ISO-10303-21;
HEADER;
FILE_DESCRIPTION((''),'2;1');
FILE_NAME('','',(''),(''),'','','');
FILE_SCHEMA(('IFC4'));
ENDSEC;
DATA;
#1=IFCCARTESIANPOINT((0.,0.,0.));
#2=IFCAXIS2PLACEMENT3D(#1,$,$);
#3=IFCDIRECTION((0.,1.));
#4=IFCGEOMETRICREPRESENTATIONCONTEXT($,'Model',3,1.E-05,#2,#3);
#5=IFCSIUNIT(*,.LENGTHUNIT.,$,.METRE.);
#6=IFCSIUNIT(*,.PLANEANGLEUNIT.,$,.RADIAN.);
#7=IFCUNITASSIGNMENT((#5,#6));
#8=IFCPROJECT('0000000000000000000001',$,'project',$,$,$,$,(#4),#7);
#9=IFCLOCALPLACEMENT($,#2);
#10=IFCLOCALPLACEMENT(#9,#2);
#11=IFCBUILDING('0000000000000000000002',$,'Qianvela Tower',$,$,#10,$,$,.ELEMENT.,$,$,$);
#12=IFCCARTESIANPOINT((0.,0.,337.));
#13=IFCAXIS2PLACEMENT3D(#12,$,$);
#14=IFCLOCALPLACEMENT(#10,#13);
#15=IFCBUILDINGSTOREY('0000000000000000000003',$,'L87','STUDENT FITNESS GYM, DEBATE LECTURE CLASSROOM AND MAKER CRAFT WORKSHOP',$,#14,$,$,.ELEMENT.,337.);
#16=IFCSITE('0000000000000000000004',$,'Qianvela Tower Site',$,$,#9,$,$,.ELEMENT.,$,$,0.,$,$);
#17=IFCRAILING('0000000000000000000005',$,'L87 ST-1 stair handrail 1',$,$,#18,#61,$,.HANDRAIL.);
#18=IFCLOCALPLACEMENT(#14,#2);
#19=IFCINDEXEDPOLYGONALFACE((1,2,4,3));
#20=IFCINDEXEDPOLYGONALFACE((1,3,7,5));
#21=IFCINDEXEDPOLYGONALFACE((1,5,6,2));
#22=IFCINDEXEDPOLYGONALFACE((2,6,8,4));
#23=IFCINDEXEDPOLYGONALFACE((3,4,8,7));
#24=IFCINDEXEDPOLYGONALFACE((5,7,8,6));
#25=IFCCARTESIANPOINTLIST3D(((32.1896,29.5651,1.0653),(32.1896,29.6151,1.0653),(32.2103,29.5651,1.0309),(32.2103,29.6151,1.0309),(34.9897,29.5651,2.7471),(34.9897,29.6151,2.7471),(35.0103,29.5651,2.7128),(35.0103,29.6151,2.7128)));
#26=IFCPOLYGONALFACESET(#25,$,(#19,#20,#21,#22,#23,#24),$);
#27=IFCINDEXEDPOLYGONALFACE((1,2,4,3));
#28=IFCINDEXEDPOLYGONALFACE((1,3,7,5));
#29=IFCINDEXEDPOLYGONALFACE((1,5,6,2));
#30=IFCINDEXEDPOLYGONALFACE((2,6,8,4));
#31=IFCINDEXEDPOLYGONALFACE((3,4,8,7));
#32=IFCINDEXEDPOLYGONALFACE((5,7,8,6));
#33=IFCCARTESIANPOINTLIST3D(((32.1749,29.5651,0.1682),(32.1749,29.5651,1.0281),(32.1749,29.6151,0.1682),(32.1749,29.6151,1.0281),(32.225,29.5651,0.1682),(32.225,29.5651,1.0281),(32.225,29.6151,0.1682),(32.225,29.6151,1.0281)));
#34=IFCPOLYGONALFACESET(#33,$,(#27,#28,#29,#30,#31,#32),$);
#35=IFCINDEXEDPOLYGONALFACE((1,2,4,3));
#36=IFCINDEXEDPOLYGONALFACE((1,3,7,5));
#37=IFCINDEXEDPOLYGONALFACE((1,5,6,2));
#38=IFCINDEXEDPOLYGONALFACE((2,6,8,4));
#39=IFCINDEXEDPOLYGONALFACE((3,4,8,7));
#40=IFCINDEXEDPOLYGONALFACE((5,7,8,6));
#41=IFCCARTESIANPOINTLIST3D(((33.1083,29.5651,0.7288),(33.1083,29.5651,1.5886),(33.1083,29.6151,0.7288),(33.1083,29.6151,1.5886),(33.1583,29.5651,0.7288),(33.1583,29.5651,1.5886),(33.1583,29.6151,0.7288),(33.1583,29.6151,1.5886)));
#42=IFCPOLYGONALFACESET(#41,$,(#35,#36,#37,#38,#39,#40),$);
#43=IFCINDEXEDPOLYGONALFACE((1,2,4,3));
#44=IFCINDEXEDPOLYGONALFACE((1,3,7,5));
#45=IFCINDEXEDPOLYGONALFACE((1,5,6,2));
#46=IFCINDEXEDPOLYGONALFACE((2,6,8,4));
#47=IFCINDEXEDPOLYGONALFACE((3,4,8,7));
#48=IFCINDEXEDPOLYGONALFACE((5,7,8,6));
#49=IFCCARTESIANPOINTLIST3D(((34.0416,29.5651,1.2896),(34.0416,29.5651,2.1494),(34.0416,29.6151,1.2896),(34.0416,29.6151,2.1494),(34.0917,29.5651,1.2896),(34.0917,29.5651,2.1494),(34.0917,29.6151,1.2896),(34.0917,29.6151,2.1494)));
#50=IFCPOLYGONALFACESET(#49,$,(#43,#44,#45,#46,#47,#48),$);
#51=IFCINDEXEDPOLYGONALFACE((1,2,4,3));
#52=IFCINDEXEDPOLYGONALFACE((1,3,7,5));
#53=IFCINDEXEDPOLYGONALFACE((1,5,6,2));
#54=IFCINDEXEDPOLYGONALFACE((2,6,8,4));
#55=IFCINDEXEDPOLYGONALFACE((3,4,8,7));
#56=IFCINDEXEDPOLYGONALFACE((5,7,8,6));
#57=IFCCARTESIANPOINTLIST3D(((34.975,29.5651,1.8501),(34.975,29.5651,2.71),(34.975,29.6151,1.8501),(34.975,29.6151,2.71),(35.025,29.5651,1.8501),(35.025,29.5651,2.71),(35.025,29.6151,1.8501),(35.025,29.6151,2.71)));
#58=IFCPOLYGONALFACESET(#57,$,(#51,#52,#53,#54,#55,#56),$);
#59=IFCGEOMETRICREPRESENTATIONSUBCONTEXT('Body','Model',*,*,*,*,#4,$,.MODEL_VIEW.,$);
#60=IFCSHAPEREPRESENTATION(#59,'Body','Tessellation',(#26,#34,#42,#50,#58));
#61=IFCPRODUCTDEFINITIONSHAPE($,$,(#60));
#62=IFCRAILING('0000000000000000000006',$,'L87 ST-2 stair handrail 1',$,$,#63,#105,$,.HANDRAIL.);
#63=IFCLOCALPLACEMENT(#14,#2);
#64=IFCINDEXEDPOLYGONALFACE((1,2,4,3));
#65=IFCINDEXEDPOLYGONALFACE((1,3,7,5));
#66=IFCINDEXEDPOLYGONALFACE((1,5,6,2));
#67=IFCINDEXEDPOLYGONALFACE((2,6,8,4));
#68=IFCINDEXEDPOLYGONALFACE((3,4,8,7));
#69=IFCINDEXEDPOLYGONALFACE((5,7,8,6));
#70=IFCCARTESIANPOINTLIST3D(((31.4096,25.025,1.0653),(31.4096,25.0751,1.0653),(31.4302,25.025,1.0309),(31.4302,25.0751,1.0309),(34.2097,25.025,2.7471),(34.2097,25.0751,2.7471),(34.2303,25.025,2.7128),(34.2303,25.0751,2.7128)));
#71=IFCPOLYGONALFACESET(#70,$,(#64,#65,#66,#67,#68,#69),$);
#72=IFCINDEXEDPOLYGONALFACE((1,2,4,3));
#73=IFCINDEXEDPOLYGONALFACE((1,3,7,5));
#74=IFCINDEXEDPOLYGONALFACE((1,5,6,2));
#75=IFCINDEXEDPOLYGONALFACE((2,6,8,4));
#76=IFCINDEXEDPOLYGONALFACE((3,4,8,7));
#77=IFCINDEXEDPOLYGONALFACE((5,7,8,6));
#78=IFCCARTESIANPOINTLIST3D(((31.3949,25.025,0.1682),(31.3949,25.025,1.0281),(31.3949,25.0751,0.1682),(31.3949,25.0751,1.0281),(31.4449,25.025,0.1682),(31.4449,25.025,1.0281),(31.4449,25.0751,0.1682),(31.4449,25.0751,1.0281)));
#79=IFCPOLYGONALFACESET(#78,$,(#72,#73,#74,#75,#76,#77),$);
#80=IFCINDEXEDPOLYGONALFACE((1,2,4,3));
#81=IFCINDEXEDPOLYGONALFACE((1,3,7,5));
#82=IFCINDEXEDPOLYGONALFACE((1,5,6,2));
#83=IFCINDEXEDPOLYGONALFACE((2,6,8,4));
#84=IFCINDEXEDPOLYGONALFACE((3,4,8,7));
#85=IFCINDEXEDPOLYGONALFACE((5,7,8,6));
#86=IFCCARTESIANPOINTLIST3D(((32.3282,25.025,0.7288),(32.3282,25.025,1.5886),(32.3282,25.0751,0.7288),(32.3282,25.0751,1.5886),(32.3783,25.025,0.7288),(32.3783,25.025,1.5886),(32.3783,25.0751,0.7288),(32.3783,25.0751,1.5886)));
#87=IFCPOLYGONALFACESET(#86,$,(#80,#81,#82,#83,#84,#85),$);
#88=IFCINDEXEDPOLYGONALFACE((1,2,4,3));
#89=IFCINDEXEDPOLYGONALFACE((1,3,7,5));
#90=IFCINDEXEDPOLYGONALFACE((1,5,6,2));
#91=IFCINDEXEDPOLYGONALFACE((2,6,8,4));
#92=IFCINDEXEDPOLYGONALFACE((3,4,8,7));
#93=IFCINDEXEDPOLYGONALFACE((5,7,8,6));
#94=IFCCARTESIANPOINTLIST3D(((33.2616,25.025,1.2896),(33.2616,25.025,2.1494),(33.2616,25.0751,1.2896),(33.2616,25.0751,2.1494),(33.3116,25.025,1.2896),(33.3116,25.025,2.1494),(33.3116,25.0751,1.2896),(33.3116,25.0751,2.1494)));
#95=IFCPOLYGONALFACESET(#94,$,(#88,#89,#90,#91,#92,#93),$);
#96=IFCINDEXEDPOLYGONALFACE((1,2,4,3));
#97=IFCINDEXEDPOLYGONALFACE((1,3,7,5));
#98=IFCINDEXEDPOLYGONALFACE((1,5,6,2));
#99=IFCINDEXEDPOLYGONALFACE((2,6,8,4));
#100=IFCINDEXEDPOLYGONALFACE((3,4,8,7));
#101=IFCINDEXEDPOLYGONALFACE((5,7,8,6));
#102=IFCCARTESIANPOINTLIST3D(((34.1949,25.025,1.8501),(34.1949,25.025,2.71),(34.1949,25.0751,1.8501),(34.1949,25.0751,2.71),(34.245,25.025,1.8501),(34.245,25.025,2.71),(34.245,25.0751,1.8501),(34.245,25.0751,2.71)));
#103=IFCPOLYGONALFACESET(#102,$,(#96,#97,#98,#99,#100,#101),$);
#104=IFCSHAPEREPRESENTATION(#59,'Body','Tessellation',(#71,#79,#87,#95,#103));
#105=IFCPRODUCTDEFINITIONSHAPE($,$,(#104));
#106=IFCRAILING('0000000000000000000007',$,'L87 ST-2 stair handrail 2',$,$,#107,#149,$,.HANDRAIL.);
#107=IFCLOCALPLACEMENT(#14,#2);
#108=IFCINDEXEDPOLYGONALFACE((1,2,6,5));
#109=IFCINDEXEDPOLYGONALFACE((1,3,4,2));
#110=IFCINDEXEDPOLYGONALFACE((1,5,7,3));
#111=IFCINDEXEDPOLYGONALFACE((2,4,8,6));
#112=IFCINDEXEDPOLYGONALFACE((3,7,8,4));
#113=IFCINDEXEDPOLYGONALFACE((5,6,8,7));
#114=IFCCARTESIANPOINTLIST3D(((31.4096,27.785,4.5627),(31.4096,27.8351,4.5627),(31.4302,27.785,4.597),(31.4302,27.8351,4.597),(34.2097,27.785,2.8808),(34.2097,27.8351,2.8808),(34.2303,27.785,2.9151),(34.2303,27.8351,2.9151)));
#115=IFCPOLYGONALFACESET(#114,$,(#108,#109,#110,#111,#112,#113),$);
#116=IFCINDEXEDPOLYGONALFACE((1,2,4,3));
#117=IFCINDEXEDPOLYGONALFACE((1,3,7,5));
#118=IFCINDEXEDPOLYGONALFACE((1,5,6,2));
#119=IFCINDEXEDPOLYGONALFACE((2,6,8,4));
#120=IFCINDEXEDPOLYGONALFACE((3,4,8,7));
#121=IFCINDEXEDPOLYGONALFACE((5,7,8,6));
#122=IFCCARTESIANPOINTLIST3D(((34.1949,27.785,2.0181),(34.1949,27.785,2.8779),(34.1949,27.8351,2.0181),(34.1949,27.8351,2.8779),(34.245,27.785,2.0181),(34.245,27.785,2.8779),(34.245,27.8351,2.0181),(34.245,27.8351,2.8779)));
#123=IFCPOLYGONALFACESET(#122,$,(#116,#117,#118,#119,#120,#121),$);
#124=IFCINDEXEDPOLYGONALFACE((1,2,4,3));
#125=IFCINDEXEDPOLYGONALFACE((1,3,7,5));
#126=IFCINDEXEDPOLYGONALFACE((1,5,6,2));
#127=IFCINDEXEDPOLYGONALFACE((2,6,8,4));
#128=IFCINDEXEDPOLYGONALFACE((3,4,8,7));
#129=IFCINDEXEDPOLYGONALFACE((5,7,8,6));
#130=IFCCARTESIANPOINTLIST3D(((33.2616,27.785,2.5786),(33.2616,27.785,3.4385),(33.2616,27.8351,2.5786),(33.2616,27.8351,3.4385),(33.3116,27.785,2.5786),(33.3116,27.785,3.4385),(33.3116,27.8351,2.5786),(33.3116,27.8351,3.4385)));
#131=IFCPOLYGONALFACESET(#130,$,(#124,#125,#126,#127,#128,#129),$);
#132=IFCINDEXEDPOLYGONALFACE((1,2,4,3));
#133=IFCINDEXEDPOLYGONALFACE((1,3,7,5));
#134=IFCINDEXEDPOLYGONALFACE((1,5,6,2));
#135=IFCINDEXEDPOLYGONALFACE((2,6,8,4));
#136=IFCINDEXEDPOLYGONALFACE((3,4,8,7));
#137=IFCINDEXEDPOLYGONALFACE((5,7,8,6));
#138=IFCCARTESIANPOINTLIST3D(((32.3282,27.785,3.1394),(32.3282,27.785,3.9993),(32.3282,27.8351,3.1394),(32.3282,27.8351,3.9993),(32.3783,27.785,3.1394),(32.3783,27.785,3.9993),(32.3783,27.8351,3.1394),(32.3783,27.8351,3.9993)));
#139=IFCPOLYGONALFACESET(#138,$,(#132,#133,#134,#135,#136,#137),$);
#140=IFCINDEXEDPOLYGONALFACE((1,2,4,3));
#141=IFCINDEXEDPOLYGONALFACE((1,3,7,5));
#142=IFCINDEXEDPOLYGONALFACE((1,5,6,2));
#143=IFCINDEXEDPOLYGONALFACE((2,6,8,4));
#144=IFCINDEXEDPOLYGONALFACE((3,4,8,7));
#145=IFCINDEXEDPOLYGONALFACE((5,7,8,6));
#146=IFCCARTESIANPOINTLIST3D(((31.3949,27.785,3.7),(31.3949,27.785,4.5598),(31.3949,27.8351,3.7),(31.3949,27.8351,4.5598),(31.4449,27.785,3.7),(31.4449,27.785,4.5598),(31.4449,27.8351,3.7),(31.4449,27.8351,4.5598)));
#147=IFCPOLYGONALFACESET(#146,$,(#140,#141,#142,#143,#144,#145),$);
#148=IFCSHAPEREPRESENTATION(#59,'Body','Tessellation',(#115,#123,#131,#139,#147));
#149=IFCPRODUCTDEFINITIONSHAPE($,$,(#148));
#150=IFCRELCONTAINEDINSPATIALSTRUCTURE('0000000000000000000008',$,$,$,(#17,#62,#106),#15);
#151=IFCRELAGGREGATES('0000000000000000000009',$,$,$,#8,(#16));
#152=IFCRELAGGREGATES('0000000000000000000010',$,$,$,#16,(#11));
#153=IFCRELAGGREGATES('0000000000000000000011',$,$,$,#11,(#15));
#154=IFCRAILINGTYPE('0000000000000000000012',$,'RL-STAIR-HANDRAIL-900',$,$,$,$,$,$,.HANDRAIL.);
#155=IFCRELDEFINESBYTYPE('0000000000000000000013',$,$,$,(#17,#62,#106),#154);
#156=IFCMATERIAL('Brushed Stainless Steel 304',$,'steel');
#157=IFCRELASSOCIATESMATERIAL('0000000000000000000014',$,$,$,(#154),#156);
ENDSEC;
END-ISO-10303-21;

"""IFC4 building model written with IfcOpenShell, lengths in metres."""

from ifc_helpers import new_model, si_unit, direction, frame, origin, origin_2d, place, context, subcontext, project, spatial, rectangle, extrude, material, type_object, element, save


model = new_model("IFC4")

# Units and contexts
model_context = context("Model", 3, precision=1e-05, world=origin(), true_north=direction((0.0, 1.0)))
body_context = subcontext(model_context, "Body", "Model", "MODEL_VIEW")
ifc_project = project(units=[si_unit("LENGTHUNIT", "METRE"), si_unit("PLANEANGLEUNIT", "RADIAN")], contexts=[model_context])

# Site, building, storey
site_placement = place(None, origin())
site = spatial("IfcSite", under=ifc_project, at=site_placement, Name="Qianvela Tower Site", CompositionType="ELEMENT", RefElevation=0.0)
building_placement = place(site_placement, origin())
building = spatial("IfcBuilding", under=site, at=building_placement, Name="Qianvela Tower", CompositionType="ELEMENT")
storey_placement = place(building_placement, frame((0.0, 0.0, 337.0)))
storey = spatial("IfcBuildingStorey", under=building, at=storey_placement, Name="L87", Description="STUDENT FITNESS GYM, DEBATE LECTURE CLASSROOM AND MAKER CRAFT WORKSHOP", CompositionType="ELEMENT", Elevation=337.0)

# Railings
ifc_material_1 = material(Name="Brushed Stainless Steel 304", Category="steel")
railing_type_1 = type_object("IfcRailingType", Name="RL-STAIR-HANDRAIL-900", PredefinedType="HANDRAIL", material=ifc_material_1)
for number, where, name in (
    (1, (32.2, 29.5901, 0.1682), "L87 ST-1 stair handrail 1"),
    (2, (31.4199, 25.05, 0.1682), "L87 ST-2 stair handrail 1"),
):
    element("IfcRailing", number, at=place(storey_placement, frame(where)), inside=storey, type_object=railing_type_1, Name=name, PredefinedType="HANDRAIL", context=body_context, shape_type="SweptSolid", body=[
        extrude(rectangle(XDim=0.05, YDim=0.04, at=origin_2d()), frame((0.0, 0.0, 0.8799), z_axis=(0.857242, 0.0, 0.514913), x_axis=(0.0, 1.0, 0.0)), (0.0, 0.0, 1.0), 3.2664),
        extrude(rectangle(XDim=0.05, YDim=0.05, at=origin_2d()), origin(), (0.0, 0.0, 1.0), 0.8599),
        extrude(rectangle(XDim=0.05, YDim=0.05, at=origin_2d()), frame((0.9333, 0.0, 0.5605)), (0.0, 0.0, 1.0), 0.8599),
        extrude(rectangle(XDim=0.05, YDim=0.05, at=origin_2d()), frame((1.8667, 0.0, 1.1213)), (0.0, 0.0, 1.0), 0.8599),
        extrude(rectangle(XDim=0.05, YDim=0.05, at=origin_2d()), frame((2.8, 0.0, 1.6819)), (0.0, 0.0, 1.0), 0.8599),
    ])
railing_1_placement = place(storey_placement, frame((34.22, 27.8101, 2.0181)))
element("IfcRailing", 3, at=railing_1_placement, inside=storey, type_object=railing_type_1, Name="L87 ST-2 stair handrail 2", PredefinedType="HANDRAIL", context=body_context, shape_type="SweptSolid", body=[
    extrude(rectangle(XDim=0.05, YDim=0.04, at=origin_2d()), frame((0.0, 0.0, 0.8799), z_axis=(-0.857242, 0.0, 0.514913), x_axis=(0.0, -1.0, 0.0)), (0.0, 0.0, 1.0), 3.2664),
    extrude(rectangle(XDim=0.05, YDim=0.05, at=origin_2d()), origin(), (0.0, 0.0, 1.0), 0.8599),
    extrude(rectangle(XDim=0.05, YDim=0.05, at=origin_2d()), frame((-0.9333, 0.0, 0.5605)), (0.0, 0.0, 1.0), 0.8599),
    extrude(rectangle(XDim=0.05, YDim=0.05, at=origin_2d()), frame((-1.8667, 0.0, 1.1213)), (0.0, 0.0, 1.0), 0.8599),
    extrude(rectangle(XDim=0.05, YDim=0.05, at=origin_2d()), frame((-2.8, 0.0, 1.6819)), (0.0, 0.0, 1.0), 0.8599),
])

save(model, "model.ifc")
